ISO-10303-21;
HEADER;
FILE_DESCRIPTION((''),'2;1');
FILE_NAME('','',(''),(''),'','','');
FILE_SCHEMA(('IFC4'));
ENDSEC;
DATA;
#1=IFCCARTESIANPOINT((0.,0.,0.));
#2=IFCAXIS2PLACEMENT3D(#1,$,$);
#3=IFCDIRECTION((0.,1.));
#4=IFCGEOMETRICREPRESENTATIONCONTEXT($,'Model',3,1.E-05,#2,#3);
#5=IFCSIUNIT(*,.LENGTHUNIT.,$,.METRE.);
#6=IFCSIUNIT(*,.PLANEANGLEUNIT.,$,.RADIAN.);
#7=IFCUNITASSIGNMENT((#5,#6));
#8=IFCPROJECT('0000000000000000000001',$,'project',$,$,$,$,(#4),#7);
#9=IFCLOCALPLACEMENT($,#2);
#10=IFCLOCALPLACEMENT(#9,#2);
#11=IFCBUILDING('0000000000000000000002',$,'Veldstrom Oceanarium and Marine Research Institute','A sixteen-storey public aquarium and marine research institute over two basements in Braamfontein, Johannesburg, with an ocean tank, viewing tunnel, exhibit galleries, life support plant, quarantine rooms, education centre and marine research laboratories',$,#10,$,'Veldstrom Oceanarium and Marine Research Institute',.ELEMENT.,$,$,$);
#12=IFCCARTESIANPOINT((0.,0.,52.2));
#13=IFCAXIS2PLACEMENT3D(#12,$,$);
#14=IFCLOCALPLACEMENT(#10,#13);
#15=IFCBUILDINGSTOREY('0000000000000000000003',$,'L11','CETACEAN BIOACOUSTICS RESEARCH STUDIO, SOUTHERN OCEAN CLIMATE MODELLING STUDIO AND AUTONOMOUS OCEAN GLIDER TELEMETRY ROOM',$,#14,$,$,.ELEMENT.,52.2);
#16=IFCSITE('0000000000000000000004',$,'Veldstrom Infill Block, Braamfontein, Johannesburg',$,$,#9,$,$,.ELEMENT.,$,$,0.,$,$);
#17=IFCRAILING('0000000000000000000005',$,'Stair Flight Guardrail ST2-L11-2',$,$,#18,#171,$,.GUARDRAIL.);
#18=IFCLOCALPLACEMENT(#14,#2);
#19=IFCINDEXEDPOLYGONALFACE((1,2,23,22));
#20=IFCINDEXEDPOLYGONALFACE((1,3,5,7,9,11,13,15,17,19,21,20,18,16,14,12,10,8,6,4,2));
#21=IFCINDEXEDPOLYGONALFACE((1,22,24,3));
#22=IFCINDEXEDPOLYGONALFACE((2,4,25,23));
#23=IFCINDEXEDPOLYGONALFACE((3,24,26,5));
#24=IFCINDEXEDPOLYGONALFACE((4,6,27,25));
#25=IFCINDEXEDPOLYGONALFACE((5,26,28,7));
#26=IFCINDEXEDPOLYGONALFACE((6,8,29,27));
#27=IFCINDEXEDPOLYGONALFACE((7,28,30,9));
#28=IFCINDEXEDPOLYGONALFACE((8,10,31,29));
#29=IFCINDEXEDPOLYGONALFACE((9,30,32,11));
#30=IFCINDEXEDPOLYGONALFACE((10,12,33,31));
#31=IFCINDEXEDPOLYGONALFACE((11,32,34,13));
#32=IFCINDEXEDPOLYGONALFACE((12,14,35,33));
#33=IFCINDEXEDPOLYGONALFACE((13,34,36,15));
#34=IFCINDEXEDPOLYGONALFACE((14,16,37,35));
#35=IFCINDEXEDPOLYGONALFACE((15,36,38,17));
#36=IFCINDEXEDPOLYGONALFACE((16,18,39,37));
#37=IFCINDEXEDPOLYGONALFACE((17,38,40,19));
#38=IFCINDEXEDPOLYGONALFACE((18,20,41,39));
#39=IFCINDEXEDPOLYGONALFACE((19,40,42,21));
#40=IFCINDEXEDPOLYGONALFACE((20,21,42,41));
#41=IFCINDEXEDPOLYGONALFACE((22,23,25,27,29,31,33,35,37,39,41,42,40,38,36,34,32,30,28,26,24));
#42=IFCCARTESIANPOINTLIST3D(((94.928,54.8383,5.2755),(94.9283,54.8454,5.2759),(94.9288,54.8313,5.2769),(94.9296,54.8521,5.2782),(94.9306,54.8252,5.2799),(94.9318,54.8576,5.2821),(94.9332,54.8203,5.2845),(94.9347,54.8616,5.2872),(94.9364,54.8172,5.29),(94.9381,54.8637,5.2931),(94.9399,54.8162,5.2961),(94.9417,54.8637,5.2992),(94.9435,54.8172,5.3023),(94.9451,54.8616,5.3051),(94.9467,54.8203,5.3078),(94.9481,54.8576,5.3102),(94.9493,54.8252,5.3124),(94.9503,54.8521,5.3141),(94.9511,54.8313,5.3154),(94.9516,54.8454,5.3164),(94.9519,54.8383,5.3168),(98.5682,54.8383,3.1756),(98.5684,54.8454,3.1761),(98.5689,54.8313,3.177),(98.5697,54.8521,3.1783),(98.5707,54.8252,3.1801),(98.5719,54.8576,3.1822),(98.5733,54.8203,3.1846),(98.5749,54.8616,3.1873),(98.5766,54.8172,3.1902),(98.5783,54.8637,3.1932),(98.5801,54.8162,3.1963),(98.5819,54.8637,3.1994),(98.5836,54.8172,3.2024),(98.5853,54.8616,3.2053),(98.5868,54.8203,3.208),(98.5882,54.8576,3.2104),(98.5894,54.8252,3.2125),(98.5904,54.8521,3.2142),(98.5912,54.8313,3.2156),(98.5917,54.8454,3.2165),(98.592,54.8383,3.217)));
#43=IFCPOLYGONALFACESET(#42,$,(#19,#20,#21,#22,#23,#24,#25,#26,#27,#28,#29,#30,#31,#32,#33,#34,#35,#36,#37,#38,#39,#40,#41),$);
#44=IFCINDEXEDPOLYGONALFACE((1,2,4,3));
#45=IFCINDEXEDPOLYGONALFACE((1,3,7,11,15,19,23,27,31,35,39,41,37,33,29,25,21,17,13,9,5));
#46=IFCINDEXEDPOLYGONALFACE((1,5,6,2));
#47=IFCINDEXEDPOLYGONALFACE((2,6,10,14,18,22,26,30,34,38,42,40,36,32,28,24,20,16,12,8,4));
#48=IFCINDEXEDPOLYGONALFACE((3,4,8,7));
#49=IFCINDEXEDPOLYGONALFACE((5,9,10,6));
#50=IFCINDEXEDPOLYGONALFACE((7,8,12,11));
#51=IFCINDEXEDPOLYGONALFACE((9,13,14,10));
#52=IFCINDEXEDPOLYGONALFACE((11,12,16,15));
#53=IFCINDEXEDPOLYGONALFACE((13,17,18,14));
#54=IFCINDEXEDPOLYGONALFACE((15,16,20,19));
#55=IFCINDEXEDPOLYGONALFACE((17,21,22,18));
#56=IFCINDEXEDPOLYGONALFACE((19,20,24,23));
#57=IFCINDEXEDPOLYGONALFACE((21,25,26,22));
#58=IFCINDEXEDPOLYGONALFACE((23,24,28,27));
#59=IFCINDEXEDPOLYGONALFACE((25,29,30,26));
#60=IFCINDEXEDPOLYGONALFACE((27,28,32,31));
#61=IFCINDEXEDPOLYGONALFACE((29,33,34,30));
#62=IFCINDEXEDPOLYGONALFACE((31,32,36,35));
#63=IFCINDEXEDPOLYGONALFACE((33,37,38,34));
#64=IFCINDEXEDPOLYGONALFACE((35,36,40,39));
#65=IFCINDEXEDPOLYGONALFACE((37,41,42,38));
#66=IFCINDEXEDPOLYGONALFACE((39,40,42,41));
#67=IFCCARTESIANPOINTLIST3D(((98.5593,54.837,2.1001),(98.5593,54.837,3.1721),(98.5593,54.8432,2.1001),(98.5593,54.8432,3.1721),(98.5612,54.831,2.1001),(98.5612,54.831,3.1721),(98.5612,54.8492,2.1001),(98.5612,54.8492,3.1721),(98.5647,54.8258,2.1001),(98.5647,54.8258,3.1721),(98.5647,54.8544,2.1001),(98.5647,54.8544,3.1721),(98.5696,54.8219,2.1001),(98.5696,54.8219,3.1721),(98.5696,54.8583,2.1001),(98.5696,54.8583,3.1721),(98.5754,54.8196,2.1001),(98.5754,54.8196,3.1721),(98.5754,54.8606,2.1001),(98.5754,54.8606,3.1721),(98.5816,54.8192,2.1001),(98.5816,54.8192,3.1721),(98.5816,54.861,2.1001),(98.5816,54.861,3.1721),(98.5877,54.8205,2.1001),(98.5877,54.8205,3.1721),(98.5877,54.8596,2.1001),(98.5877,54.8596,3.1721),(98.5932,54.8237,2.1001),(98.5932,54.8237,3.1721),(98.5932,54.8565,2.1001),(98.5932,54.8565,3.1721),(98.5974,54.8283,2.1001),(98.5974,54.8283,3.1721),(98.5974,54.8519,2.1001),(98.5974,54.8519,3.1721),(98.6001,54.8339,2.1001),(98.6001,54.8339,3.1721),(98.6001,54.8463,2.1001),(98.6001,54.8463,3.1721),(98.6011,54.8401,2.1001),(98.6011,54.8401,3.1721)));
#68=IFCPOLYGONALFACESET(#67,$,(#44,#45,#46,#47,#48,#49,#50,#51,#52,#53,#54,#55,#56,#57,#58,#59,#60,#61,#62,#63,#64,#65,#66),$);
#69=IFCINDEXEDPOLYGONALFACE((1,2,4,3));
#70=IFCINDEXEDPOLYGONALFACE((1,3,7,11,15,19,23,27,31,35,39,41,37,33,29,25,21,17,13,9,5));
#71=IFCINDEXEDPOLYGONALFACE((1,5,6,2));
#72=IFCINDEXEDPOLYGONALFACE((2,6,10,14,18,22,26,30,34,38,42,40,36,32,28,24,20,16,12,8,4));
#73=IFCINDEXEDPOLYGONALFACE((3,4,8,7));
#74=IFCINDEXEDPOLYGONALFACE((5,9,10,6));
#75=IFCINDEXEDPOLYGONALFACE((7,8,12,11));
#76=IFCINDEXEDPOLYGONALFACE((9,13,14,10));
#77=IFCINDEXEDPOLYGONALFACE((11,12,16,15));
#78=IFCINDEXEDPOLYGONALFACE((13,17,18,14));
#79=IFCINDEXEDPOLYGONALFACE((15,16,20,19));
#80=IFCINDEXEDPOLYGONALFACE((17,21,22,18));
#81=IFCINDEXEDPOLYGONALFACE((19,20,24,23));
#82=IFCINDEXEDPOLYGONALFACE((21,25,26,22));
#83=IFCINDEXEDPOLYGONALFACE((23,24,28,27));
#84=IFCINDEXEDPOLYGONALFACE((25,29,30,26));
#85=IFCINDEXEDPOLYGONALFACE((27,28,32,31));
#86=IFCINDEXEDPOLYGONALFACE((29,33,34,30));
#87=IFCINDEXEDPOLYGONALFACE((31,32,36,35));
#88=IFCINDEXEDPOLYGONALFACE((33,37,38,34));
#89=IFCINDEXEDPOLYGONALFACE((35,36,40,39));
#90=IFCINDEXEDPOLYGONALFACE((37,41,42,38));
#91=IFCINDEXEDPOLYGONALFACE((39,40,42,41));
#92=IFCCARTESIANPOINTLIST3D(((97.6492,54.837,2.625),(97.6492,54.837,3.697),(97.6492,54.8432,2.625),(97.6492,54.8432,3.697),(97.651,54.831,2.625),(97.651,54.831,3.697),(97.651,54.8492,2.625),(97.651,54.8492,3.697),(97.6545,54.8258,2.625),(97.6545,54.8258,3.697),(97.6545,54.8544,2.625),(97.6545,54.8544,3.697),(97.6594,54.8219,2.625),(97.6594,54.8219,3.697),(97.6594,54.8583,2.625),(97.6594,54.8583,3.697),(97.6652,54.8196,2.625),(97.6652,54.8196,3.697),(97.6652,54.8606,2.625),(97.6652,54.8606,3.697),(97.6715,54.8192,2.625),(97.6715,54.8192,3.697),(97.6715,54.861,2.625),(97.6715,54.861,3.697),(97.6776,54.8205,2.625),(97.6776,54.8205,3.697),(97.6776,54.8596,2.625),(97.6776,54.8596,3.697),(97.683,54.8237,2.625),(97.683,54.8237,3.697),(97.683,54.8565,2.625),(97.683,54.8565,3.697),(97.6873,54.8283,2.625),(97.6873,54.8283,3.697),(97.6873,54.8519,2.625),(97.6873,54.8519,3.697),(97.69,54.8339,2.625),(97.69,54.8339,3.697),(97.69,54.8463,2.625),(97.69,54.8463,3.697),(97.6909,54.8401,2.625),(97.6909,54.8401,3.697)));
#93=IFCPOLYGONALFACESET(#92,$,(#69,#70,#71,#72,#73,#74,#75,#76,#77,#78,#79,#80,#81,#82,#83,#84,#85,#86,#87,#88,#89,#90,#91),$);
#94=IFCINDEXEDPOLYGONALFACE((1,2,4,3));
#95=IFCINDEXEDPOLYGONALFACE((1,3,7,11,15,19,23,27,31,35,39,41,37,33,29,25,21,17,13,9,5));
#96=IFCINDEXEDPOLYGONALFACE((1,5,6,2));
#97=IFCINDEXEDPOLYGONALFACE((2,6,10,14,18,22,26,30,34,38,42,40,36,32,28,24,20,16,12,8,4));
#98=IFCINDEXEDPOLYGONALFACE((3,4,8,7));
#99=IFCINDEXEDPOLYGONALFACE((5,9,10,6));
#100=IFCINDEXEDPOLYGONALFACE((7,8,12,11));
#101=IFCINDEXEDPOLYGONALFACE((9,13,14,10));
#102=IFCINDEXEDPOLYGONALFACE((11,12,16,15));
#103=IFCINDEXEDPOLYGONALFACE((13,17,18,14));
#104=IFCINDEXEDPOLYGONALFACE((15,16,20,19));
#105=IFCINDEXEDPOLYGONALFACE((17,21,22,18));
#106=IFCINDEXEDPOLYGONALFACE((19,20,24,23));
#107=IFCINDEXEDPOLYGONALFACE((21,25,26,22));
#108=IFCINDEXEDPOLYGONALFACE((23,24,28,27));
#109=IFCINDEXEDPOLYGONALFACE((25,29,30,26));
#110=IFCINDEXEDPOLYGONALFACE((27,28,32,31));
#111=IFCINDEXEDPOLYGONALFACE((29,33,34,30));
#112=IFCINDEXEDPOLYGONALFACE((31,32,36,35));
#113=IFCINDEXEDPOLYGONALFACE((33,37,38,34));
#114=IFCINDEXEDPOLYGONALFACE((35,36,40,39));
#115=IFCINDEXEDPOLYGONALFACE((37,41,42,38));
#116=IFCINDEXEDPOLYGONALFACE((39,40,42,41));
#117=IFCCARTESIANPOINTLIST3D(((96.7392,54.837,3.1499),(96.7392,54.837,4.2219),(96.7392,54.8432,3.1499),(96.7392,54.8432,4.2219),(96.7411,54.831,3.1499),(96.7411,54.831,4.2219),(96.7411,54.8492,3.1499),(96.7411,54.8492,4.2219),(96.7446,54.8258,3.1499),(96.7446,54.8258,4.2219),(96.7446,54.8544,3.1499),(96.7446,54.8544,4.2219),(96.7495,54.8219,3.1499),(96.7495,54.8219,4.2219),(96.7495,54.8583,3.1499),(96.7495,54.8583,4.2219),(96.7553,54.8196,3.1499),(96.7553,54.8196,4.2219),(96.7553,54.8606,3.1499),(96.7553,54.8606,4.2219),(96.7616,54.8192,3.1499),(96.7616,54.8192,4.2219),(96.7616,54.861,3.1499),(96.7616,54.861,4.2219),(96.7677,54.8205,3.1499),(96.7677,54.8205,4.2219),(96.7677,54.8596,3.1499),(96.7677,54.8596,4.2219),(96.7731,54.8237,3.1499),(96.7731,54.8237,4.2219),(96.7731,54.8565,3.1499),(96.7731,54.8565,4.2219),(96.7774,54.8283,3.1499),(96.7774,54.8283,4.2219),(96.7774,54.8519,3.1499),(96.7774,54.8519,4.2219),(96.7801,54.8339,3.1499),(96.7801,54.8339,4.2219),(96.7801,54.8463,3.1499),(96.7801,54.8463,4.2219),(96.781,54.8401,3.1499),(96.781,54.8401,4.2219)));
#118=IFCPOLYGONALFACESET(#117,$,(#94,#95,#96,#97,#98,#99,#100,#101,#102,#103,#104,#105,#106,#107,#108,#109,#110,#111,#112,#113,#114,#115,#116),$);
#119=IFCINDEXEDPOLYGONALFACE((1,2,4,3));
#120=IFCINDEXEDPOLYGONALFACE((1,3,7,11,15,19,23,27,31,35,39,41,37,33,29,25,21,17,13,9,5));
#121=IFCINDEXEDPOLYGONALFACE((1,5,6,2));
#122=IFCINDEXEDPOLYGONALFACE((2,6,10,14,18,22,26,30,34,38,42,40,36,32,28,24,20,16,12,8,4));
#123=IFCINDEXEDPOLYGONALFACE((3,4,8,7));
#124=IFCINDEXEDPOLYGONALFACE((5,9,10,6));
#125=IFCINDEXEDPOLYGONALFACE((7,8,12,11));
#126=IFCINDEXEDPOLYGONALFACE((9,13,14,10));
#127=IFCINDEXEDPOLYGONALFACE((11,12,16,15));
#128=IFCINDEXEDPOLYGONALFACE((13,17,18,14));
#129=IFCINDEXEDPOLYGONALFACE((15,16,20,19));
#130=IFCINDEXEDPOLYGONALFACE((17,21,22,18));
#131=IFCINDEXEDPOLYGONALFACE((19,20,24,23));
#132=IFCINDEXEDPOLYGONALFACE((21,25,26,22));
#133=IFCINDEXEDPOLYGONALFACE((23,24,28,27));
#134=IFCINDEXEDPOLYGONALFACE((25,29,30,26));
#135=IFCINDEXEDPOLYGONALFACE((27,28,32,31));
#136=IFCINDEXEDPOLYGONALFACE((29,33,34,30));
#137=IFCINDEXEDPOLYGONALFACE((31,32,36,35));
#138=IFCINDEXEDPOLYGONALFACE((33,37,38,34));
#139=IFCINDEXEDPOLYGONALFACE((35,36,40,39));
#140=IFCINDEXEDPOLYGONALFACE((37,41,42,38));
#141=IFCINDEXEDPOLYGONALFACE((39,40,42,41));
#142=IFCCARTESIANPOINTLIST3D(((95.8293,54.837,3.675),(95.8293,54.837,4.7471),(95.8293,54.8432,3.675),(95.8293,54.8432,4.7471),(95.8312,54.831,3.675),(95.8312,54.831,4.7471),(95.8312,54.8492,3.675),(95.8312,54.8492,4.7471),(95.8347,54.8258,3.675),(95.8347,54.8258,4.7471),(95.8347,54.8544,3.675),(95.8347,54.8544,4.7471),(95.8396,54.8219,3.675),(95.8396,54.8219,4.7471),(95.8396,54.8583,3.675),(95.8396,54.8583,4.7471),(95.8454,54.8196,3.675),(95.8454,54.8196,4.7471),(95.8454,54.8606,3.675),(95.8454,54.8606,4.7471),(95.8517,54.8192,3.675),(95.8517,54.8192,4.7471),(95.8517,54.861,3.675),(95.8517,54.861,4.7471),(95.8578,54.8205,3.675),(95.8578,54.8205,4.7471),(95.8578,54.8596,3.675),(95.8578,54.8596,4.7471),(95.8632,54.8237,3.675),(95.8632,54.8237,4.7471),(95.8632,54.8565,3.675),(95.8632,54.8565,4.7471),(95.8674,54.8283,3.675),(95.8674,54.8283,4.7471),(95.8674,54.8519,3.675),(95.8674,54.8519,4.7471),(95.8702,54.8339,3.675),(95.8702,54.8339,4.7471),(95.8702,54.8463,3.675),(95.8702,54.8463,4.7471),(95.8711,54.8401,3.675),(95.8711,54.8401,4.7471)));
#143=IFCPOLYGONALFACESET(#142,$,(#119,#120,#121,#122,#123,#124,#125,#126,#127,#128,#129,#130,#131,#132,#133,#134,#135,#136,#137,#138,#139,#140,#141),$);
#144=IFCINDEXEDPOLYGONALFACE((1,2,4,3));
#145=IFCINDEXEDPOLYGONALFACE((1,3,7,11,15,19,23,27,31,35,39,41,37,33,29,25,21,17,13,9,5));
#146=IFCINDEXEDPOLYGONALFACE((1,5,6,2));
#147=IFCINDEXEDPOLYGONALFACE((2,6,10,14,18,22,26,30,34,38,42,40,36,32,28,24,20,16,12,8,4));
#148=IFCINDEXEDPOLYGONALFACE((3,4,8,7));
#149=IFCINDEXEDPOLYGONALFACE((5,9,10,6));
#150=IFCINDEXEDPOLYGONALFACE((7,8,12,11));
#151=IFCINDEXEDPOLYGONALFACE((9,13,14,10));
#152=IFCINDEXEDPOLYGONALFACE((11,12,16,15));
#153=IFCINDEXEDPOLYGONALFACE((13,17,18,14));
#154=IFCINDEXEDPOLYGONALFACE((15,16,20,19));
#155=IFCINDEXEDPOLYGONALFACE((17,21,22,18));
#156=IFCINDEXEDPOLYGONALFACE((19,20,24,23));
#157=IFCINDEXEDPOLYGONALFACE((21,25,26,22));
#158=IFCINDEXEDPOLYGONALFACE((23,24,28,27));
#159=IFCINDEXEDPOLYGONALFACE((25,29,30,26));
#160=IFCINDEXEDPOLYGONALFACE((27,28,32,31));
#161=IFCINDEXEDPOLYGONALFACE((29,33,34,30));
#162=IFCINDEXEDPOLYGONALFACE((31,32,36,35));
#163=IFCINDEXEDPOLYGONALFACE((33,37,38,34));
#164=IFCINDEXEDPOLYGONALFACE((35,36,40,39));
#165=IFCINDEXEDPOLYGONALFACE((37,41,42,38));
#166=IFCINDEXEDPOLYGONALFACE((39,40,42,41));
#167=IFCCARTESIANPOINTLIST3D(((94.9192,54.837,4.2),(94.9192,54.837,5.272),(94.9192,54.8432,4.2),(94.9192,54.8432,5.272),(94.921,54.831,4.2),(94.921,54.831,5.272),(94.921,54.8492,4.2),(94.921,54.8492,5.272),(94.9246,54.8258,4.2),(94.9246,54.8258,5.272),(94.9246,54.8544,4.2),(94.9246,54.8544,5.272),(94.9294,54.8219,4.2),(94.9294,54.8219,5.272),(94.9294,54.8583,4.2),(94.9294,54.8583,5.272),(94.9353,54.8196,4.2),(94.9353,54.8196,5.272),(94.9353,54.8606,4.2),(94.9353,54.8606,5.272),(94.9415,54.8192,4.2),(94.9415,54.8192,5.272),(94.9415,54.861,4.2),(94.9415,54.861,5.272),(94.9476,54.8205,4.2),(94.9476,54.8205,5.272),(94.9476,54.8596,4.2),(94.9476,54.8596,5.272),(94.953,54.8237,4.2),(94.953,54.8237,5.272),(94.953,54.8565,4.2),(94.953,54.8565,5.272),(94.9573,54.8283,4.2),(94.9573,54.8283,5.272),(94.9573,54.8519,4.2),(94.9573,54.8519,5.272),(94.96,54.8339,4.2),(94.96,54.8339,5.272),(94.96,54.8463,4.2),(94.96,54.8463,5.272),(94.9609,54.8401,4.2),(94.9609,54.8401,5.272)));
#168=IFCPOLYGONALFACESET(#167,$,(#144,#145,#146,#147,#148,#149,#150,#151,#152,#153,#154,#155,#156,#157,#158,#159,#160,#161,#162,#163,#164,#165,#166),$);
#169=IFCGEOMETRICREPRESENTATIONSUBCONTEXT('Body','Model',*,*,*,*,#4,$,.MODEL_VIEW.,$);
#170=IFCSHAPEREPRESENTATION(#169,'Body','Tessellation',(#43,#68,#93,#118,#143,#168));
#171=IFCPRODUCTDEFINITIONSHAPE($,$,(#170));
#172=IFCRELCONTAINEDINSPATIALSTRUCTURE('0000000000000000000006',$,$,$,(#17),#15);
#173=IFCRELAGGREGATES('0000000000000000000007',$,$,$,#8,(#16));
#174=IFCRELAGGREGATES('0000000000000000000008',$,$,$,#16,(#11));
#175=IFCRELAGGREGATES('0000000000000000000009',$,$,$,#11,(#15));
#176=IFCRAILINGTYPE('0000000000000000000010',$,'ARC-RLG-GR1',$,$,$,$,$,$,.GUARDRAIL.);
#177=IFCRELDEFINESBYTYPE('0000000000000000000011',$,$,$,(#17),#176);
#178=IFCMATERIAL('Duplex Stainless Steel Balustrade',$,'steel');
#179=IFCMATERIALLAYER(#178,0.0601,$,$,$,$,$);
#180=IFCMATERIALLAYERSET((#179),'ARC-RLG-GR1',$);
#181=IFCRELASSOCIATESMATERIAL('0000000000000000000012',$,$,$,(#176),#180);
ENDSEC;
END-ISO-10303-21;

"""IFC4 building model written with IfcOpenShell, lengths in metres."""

from ifc_helpers import new_model, si_unit, direction, frame, origin, origin_2d, place, context, subcontext, project, spatial, circle, extrude, material, layer, layer_set, type_object, element, save


model = new_model("IFC4")

# Units and contexts
model_context = context("Model", 3, precision=1e-05, world=origin(), true_north=direction((0.0, 1.0)))
body_context = subcontext(model_context, "Body", "Model", "MODEL_VIEW")
ifc_project = project(units=[si_unit("LENGTHUNIT", "METRE"), si_unit("PLANEANGLEUNIT", "RADIAN")], contexts=[model_context])

# Site, building, storey
site_placement = place(None, origin())
site = spatial("IfcSite", under=ifc_project, at=site_placement, Name="Veldstrom Infill Block, Braamfontein, Johannesburg", CompositionType="ELEMENT", RefElevation=0.0)
building_placement = place(site_placement, origin())
building = spatial("IfcBuilding", under=site, at=building_placement, Name="Veldstrom Oceanarium and Marine Research Institute", Description="A sixteen-storey public aquarium and marine research institute over two basements in Braamfontein, Johannesburg, with an ocean tank, viewing tunnel, exhibit galleries, life support plant, quarantine rooms, education centre and marine research laboratories", LongName="Veldstrom Oceanarium and Marine Research Institute", CompositionType="ELEMENT")
storey_placement = place(building_placement, frame((0.0, 0.0, 52.2)))
storey = spatial("IfcBuildingStorey", under=building, at=storey_placement, Name="L11", Description="CETACEAN BIOACOUSTICS RESEARCH STUDIO, SOUTHERN OCEAN CLIMATE MODELLING STUDIO AND AUTONOMOUS OCEAN GLIDER TELEMETRY ROOM", CompositionType="ELEMENT", Elevation=52.2)

# Railing
ifc_material_1 = material(Name="Duplex Stainless Steel Balustrade", Category="steel")
ifc_layer_1 = layer(ifc_material_1, 0.0601)
ifc_layer_set_1 = layer_set([ifc_layer_1], Name="ARC-RLG-GR1")
railing_type_1 = type_object("IfcRailingType", Name="ARC-RLG-GR1", PredefinedType="GUARDRAIL", material=ifc_layer_set_1)
railing_1_placement = place(storey_placement, frame((98.5801, 54.8401, 2.1001)))
element("IfcRailing", 1, at=railing_1_placement, inside=storey, type_object=railing_type_1, Name="Stair Flight Guardrail ST2-L11-2", PredefinedType="GUARDRAIL", context=body_context, shape_type="SweptSolid", body=[
    extrude(circle(Radius=0.0239, at=origin_2d()), frame((0.0, 0.0, 1.0962), z_axis=(-0.866209, 0.0, 0.499682), x_axis=(0.0, -1.0, 0.0)), (0.0, 0.0, 1.0), 4.2024),
    extrude(circle(Radius=0.021, at=origin_2d()), origin(), (0.0, 0.0, 1.0), 1.072),
    extrude(circle(Radius=0.021, at=origin_2d()), frame((-0.9102, 0.0, 0.5249)), (0.0, 0.0, 1.0), 1.072),
    extrude(circle(Radius=0.021, at=origin_2d()), frame((-1.8201, 0.0, 1.0498)), (0.0, 0.0, 1.0), 1.072),
    extrude(circle(Radius=0.021, at=origin_2d()), frame((-2.73, 0.0, 1.575)), (0.0, 0.0, 1.0), 1.072),
    extrude(circle(Radius=0.021, at=origin_2d()), frame((-3.6401, 0.0, 2.0999)), (0.0, 0.0, 1.0), 1.072),
])

save(model, "model.ifc")
